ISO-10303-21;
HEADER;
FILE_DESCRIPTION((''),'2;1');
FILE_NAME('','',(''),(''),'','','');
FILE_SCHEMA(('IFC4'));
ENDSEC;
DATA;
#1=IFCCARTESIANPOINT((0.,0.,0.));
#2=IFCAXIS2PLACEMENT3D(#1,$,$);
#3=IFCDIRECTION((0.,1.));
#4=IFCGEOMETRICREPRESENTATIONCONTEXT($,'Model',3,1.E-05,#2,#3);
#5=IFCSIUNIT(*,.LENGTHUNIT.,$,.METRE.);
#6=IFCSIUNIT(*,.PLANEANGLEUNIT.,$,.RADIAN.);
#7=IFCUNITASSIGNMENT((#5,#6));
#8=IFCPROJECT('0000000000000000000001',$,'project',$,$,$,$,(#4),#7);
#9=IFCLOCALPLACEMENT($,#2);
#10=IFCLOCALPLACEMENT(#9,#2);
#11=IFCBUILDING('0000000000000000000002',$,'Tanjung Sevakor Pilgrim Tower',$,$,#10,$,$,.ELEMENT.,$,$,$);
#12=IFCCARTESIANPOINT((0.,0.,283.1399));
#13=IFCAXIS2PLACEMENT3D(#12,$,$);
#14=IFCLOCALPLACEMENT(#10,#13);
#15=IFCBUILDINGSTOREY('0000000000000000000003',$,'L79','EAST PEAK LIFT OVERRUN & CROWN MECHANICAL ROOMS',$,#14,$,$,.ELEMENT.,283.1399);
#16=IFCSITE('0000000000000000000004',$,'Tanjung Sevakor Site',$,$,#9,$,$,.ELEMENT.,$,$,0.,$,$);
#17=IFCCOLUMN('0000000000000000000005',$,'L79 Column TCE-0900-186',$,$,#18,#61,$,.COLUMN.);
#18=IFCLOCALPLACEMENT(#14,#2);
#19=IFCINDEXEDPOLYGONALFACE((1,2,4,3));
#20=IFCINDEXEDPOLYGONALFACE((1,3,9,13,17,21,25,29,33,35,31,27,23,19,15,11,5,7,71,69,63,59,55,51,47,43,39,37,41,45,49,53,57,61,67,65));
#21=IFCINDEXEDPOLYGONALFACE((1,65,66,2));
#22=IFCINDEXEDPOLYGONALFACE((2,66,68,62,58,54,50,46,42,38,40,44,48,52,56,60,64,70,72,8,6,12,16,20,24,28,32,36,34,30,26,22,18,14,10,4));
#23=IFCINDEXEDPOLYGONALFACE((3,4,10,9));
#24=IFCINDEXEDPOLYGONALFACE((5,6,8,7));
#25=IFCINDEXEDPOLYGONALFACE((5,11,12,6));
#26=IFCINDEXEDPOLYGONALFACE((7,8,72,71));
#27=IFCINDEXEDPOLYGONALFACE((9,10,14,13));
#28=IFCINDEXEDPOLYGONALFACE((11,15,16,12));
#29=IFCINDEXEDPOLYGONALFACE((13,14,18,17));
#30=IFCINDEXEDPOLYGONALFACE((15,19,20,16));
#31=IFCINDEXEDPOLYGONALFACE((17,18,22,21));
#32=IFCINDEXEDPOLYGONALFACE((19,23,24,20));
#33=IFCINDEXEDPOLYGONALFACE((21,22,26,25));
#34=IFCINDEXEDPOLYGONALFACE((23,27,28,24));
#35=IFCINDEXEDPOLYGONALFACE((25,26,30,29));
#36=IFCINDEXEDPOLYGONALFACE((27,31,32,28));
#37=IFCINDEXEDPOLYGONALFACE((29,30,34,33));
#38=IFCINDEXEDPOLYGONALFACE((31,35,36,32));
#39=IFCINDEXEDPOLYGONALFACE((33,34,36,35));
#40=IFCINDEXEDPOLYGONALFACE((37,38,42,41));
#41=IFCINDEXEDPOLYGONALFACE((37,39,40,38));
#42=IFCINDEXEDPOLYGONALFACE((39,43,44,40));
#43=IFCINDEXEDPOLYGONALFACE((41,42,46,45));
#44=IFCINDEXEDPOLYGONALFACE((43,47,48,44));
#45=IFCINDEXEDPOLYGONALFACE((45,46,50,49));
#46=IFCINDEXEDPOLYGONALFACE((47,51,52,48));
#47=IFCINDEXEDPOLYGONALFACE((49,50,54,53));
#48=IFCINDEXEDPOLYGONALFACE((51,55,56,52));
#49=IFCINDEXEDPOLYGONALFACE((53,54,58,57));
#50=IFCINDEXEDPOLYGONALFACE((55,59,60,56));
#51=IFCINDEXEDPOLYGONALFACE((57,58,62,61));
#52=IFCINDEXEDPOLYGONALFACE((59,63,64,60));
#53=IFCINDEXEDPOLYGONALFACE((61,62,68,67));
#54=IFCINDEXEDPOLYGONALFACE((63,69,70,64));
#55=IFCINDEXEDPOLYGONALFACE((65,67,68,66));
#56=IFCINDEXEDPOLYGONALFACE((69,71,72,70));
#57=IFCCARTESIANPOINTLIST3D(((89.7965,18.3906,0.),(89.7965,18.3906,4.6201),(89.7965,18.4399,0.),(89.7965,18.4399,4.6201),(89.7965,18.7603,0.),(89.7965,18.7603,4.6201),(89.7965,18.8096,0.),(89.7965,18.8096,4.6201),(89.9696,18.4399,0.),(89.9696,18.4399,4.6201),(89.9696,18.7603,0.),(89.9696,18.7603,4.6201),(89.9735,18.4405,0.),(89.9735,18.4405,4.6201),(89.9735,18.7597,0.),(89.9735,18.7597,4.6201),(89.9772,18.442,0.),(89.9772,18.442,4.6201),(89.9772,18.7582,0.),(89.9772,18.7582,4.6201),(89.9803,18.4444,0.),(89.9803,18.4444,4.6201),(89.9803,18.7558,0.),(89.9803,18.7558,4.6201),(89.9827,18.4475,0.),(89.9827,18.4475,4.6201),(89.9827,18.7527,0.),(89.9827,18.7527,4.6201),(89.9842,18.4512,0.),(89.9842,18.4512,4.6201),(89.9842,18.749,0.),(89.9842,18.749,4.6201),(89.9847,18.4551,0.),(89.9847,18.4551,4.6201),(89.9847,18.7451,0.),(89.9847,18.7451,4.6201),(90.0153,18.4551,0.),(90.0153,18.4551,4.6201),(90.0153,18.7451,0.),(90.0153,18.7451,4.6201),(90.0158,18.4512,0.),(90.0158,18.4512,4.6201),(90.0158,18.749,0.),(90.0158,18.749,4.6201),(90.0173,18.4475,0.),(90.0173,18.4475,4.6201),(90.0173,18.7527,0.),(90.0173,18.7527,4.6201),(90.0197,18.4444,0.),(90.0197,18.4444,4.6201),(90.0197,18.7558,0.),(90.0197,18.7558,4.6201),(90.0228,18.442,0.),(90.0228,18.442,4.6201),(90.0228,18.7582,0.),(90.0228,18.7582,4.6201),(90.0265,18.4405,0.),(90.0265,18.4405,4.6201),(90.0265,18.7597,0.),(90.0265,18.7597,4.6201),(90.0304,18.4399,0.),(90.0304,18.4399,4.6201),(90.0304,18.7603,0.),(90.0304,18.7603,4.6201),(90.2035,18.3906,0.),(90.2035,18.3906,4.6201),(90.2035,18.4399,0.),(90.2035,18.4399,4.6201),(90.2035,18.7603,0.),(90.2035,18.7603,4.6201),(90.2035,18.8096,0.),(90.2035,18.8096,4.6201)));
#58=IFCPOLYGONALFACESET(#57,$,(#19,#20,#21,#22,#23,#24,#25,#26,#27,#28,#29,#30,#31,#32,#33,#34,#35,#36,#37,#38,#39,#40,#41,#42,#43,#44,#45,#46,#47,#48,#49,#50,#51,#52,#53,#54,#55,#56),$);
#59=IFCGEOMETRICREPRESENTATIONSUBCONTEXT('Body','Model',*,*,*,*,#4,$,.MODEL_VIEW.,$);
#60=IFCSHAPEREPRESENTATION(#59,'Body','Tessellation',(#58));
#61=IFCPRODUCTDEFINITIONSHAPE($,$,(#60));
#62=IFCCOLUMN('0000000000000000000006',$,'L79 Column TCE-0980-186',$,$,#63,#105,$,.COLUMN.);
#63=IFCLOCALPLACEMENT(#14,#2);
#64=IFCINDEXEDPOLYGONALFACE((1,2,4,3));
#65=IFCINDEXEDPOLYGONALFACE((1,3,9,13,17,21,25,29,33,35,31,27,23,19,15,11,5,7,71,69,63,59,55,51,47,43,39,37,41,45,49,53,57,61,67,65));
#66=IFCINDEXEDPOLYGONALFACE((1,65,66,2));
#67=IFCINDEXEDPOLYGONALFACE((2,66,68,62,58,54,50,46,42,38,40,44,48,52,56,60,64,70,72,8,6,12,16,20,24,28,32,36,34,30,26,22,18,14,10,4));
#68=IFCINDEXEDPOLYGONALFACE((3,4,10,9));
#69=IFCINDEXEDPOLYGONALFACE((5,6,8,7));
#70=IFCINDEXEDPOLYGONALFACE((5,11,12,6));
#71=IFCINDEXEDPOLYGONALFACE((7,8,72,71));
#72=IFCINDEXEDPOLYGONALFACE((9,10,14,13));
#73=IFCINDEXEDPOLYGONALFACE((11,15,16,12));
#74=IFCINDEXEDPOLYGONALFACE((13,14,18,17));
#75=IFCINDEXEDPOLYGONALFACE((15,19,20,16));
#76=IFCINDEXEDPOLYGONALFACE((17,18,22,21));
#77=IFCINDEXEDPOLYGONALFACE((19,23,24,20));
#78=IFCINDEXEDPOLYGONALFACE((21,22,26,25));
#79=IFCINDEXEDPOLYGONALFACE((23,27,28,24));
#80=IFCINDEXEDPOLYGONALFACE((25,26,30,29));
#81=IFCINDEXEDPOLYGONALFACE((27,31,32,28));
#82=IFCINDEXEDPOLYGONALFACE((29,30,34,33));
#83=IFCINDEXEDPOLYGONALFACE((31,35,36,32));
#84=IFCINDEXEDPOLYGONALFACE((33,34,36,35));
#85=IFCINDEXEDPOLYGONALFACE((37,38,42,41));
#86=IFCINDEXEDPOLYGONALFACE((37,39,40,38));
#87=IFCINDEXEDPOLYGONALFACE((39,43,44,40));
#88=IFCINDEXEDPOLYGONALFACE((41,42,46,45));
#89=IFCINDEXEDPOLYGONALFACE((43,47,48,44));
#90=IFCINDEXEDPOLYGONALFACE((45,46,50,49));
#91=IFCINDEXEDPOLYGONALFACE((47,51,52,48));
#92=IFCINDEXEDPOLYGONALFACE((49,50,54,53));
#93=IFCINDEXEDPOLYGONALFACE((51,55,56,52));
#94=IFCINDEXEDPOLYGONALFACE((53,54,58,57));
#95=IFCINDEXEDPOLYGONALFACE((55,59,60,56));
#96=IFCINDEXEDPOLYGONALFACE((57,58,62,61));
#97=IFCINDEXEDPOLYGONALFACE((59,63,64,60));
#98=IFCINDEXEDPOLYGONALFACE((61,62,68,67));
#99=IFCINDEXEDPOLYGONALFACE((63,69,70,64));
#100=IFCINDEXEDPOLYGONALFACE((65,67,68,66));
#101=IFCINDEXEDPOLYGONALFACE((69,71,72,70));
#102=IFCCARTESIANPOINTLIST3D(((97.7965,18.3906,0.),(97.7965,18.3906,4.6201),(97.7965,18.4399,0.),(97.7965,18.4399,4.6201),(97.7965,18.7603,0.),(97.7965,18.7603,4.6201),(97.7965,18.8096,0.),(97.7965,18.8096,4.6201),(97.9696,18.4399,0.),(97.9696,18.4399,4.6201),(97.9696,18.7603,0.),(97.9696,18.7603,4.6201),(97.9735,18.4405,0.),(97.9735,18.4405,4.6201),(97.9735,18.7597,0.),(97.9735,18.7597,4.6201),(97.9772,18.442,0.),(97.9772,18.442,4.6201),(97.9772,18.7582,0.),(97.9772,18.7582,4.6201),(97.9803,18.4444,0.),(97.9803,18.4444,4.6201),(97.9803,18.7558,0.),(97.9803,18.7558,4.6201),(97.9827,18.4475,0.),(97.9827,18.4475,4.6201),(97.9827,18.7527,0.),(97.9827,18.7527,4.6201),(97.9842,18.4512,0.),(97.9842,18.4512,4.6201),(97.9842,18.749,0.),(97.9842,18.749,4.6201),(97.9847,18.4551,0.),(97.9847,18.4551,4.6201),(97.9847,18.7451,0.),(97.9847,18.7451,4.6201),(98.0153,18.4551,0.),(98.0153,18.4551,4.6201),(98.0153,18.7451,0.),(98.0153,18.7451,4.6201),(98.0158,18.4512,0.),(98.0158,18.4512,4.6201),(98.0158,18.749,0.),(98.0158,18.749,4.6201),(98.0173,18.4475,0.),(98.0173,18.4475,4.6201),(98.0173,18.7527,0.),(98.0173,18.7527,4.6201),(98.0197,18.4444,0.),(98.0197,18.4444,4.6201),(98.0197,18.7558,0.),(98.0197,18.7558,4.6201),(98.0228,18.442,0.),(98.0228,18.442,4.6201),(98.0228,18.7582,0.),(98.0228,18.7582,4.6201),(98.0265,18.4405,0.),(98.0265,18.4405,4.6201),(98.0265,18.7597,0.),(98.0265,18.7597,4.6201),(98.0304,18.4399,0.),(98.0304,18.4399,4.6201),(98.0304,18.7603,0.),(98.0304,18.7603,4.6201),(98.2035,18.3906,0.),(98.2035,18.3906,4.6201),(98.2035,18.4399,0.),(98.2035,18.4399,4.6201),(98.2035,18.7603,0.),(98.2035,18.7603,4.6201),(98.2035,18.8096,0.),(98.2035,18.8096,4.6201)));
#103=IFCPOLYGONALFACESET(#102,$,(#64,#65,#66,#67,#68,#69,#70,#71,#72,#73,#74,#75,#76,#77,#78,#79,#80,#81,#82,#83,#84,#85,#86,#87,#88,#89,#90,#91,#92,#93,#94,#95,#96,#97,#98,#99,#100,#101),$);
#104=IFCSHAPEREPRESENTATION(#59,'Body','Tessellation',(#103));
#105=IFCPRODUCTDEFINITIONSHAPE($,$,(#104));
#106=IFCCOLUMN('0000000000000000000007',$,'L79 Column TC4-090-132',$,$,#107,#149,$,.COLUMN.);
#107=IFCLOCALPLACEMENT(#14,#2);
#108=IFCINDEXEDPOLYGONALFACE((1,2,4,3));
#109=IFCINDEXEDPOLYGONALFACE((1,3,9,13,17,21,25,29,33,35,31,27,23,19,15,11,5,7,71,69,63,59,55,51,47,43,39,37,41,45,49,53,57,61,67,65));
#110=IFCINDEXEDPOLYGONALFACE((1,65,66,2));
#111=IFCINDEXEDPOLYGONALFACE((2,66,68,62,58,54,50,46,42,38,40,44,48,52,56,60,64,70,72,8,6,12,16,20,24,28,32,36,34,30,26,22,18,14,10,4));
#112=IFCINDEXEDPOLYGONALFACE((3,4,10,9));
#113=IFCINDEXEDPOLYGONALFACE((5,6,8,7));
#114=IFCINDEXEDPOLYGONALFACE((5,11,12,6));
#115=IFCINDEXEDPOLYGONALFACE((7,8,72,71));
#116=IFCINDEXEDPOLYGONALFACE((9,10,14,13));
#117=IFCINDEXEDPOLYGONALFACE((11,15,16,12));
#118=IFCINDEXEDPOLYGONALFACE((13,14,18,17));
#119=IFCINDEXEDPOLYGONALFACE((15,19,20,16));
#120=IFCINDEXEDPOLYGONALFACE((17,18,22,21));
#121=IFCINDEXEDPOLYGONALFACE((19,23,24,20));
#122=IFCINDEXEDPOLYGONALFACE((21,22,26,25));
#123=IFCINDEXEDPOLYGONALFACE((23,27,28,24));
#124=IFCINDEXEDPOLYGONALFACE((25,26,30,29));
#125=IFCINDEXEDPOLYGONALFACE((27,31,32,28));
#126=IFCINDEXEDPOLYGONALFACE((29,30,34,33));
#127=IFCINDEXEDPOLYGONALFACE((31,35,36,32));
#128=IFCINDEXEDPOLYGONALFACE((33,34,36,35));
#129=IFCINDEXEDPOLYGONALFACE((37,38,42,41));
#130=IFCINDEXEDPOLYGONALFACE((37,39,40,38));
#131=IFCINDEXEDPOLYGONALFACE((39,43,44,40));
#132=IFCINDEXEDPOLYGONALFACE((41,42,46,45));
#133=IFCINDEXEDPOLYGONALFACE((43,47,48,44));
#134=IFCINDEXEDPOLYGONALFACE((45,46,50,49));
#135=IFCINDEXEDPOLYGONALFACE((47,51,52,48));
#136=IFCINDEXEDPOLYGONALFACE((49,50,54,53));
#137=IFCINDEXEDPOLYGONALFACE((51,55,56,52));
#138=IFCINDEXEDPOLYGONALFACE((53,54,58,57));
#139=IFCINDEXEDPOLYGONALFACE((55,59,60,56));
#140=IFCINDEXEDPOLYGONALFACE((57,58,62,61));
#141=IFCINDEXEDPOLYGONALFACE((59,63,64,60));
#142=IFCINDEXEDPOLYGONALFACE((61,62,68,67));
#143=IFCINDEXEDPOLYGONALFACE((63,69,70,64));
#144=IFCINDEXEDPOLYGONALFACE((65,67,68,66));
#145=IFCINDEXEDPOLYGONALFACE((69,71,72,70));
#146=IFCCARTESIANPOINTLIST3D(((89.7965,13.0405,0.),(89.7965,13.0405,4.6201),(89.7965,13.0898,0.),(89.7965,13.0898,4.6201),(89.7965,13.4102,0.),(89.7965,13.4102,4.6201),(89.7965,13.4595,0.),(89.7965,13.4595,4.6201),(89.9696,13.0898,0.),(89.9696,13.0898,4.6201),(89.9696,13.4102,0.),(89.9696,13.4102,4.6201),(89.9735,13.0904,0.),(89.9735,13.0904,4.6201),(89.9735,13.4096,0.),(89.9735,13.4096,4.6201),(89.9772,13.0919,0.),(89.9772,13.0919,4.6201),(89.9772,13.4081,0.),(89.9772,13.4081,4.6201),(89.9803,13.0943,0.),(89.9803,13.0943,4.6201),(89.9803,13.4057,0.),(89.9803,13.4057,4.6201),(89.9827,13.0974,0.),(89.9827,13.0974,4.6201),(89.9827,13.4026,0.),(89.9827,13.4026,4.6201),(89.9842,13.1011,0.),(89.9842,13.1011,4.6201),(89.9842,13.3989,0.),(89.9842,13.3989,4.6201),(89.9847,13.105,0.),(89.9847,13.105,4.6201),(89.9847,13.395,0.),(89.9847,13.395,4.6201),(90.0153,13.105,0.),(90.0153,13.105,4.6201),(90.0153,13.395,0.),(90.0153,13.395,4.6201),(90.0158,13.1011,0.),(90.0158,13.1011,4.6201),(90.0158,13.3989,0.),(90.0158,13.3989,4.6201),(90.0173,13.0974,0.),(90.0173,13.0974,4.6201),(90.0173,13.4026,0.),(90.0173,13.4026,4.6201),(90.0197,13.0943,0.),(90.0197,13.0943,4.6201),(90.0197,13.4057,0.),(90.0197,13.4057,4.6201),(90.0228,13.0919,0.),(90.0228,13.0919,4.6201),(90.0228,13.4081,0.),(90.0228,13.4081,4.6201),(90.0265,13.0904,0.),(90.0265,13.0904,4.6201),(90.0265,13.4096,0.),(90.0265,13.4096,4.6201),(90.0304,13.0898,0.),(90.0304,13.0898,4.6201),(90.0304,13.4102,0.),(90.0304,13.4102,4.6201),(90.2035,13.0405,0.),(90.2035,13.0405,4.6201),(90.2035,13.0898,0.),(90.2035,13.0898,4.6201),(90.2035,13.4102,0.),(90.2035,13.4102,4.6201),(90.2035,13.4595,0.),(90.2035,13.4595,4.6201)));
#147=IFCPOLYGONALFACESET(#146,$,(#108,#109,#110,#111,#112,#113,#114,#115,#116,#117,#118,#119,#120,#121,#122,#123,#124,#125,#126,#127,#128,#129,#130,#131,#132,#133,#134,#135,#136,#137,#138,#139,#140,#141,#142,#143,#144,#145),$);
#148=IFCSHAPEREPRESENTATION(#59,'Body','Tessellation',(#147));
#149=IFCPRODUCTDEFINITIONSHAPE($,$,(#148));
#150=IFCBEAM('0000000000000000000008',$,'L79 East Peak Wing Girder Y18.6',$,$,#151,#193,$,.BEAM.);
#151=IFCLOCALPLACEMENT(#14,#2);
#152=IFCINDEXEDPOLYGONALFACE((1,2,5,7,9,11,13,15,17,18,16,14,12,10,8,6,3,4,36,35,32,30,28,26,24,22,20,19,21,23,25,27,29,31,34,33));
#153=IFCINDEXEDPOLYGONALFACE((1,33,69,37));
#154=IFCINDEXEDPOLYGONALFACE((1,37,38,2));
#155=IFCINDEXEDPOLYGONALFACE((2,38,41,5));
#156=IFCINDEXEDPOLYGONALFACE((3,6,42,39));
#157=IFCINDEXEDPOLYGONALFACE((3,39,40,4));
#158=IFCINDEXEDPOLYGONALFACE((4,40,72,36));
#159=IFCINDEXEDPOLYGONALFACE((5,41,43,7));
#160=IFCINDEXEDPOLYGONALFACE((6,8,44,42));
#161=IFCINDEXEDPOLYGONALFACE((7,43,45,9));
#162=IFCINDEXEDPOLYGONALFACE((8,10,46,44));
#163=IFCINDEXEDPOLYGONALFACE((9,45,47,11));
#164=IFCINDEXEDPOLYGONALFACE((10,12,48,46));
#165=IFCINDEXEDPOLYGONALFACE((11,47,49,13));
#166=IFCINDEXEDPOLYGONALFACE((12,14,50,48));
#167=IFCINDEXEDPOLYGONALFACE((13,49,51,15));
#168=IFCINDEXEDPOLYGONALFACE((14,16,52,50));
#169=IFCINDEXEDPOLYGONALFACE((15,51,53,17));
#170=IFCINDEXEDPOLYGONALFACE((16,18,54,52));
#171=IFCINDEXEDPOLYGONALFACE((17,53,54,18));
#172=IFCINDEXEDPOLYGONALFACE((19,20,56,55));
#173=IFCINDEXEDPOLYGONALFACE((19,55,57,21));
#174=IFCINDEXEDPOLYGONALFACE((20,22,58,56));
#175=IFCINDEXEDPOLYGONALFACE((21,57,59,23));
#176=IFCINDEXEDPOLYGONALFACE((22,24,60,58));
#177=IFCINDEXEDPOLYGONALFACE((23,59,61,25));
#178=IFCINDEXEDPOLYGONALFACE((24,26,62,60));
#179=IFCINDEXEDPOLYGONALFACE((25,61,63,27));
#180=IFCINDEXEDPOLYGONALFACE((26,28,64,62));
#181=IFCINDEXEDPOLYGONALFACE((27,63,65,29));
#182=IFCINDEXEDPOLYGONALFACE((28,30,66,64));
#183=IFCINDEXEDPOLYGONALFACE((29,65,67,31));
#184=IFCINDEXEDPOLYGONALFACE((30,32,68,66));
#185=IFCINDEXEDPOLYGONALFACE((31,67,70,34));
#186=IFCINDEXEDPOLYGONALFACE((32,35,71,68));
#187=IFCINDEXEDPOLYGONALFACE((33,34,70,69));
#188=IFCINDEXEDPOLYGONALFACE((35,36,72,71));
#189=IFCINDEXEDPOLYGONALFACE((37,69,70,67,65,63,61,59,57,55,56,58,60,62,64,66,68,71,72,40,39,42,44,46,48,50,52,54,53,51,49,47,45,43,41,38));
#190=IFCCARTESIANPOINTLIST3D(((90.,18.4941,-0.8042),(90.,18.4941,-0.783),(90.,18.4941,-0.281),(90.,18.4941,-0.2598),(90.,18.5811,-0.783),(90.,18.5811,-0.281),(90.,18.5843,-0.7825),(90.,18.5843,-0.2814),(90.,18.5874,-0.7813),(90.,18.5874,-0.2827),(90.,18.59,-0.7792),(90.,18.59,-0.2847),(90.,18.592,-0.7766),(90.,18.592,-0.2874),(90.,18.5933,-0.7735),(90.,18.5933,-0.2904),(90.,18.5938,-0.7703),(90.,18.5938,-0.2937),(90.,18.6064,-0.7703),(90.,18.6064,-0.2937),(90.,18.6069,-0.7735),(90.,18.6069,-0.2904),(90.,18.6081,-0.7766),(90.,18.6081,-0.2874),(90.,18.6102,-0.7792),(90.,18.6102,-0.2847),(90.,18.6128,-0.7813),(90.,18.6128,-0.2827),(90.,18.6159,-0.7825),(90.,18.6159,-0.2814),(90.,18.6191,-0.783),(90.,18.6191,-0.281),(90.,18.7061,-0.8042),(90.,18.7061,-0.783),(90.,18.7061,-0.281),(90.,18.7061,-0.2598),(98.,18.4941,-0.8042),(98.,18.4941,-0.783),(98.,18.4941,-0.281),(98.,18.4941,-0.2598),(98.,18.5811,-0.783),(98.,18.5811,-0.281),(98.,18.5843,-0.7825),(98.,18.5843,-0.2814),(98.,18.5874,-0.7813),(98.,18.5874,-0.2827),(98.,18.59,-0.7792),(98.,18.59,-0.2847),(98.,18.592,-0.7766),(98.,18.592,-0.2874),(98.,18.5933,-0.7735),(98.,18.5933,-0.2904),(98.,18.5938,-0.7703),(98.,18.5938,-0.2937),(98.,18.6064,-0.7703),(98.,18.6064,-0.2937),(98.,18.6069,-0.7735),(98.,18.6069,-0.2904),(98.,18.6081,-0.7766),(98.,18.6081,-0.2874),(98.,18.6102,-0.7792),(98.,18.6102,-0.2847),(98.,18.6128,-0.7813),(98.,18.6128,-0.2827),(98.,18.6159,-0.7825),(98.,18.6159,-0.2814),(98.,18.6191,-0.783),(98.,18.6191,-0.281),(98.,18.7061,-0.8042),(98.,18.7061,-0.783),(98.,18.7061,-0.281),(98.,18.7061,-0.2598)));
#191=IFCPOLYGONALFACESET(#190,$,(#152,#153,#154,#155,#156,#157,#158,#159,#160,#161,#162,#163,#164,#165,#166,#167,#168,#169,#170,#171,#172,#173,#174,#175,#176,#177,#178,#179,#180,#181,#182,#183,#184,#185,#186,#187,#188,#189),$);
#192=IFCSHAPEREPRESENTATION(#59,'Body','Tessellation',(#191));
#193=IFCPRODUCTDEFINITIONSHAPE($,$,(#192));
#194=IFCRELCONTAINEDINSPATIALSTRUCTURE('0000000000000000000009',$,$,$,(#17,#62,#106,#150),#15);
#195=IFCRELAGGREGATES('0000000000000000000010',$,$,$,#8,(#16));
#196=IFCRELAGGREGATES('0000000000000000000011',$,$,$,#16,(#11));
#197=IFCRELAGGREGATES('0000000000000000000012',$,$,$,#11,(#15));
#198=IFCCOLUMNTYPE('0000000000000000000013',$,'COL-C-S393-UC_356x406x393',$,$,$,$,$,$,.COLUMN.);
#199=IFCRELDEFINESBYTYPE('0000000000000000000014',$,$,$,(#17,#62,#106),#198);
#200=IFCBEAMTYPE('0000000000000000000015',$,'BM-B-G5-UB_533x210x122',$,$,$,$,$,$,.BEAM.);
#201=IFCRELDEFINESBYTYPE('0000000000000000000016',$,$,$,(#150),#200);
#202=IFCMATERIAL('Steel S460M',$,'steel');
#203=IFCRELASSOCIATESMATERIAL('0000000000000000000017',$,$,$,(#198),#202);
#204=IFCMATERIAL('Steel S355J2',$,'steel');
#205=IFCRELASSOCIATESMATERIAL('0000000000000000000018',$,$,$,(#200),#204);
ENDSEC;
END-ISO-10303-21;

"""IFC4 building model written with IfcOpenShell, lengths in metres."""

from ifc_helpers import new_model, si_unit, direction, frame, origin, origin_2d, place, context, subcontext, project, spatial, i_section, extrude, material, material_profile, profile_set, type_object, element, save


model = new_model("IFC4")

# Units and contexts
model_context = context("Model", 3, precision=1e-05, world=origin(), true_north=direction((0.0, 1.0)))
body_context = subcontext(model_context, "Body", "Model", "MODEL_VIEW")
ifc_project = project(units=[si_unit("LENGTHUNIT", "METRE"), si_unit("PLANEANGLEUNIT", "RADIAN")], contexts=[model_context])

# Site, building, storey
site_placement = place(None, origin())
site = spatial("IfcSite", under=ifc_project, at=site_placement, Name="Tanjung Sevakor Site", CompositionType="ELEMENT", RefElevation=0.0)
building_placement = place(site_placement, origin())
building = spatial("IfcBuilding", under=site, at=building_placement, Name="Tanjung Sevakor Pilgrim Tower", CompositionType="ELEMENT")
storey_placement = place(building_placement, frame((0.0, 0.0, 283.1399)))
storey = spatial("IfcBuildingStorey", under=building, at=storey_placement, Name="L79", Description="EAST PEAK LIFT OVERRUN & CROWN MECHANICAL ROOMS", CompositionType="ELEMENT", Elevation=283.1399)

# Columns
ifc_material_1 = material(Name="Steel S460M", Category="steel")
ifc_material_profile_1 = material_profile(ifc_material_1, i_section(OverallWidth=0.407, OverallDepth=0.4189, WebThickness=0.0305, FlangeThickness=0.0493, FilletRadius=0.0151, at=origin_2d()))
ifc_profile_set_1 = profile_set([ifc_material_profile_1], Name="Steel S460M")
column_type = type_object("IfcColumnType", Name="COL-C-S393-UC_356x406x393", PredefinedType="COLUMN", material=ifc_profile_set_1)
for number, where, z_axis, x_axis, name in (
    (1, (90.0, 18.6001, 0.0), (0.0, 0.0, 1.0), (1.0, 0.0, 0.0), "L79 Column TCE-0900-186"),
    (2, (98.0, 18.6001, 0.0), (0.0, 0.0, 1.0), (1.0, 0.0, 0.0), "L79 Column TCE-0980-186"),
    (3, (90.0, 13.25, 0.0), (0.0, 0.0, 1.0), (1.0, 0.0, 0.0), "L79 Column TC4-090-132"),
):
    element("IfcColumn", number, at=place(storey_placement, frame(where, z_axis=z_axis, x_axis=x_axis)), inside=storey, type_object=column_type, Name=name, PredefinedType="COLUMN", context=body_context, shape_type="SweptSolid", body=[
        extrude(i_section(OverallWidth=0.407, OverallDepth=0.4189, WebThickness=0.0305, FlangeThickness=0.0493, FilletRadius=0.0151, at=origin_2d()), origin(), (0.0, 0.0, 1.0), 4.6201),
    ])

# Beam
ifc_material_2 = material(Name="Steel S355J2", Category="steel")
ifc_material_profile_2 = material_profile(ifc_material_2, i_section(OverallWidth=0.2119, OverallDepth=0.5444, WebThickness=0.0127, FlangeThickness=0.0212, FilletRadius=0.0127, at=origin_2d()))
ifc_profile_set_2 = profile_set([ifc_material_profile_2], Name="Steel S355J2")
beam_type_1 = type_object("IfcBeamType", Name="BM-B-G5-UB_533x210x122", PredefinedType="BEAM", material=ifc_profile_set_2)
beam_1_placement = place(storey_placement, frame((90.0, 18.6001, -0.532), z_axis=(1.0, 0.0, 0.0), x_axis=(0.0, 1.0, 0.0)))
element("IfcBeam", 4, at=beam_1_placement, inside=storey, type_object=beam_type_1, Name="L79 East Peak Wing Girder Y18.6", PredefinedType="BEAM", context=body_context, shape_type="SweptSolid", body=[
    extrude(i_section(OverallWidth=0.2119, OverallDepth=0.5444, WebThickness=0.0127, FlangeThickness=0.0212, FilletRadius=0.0127, at=origin_2d()), origin(), (0.0, 0.0, 1.0), 8.0),
])

save(model, "model.ifc")
